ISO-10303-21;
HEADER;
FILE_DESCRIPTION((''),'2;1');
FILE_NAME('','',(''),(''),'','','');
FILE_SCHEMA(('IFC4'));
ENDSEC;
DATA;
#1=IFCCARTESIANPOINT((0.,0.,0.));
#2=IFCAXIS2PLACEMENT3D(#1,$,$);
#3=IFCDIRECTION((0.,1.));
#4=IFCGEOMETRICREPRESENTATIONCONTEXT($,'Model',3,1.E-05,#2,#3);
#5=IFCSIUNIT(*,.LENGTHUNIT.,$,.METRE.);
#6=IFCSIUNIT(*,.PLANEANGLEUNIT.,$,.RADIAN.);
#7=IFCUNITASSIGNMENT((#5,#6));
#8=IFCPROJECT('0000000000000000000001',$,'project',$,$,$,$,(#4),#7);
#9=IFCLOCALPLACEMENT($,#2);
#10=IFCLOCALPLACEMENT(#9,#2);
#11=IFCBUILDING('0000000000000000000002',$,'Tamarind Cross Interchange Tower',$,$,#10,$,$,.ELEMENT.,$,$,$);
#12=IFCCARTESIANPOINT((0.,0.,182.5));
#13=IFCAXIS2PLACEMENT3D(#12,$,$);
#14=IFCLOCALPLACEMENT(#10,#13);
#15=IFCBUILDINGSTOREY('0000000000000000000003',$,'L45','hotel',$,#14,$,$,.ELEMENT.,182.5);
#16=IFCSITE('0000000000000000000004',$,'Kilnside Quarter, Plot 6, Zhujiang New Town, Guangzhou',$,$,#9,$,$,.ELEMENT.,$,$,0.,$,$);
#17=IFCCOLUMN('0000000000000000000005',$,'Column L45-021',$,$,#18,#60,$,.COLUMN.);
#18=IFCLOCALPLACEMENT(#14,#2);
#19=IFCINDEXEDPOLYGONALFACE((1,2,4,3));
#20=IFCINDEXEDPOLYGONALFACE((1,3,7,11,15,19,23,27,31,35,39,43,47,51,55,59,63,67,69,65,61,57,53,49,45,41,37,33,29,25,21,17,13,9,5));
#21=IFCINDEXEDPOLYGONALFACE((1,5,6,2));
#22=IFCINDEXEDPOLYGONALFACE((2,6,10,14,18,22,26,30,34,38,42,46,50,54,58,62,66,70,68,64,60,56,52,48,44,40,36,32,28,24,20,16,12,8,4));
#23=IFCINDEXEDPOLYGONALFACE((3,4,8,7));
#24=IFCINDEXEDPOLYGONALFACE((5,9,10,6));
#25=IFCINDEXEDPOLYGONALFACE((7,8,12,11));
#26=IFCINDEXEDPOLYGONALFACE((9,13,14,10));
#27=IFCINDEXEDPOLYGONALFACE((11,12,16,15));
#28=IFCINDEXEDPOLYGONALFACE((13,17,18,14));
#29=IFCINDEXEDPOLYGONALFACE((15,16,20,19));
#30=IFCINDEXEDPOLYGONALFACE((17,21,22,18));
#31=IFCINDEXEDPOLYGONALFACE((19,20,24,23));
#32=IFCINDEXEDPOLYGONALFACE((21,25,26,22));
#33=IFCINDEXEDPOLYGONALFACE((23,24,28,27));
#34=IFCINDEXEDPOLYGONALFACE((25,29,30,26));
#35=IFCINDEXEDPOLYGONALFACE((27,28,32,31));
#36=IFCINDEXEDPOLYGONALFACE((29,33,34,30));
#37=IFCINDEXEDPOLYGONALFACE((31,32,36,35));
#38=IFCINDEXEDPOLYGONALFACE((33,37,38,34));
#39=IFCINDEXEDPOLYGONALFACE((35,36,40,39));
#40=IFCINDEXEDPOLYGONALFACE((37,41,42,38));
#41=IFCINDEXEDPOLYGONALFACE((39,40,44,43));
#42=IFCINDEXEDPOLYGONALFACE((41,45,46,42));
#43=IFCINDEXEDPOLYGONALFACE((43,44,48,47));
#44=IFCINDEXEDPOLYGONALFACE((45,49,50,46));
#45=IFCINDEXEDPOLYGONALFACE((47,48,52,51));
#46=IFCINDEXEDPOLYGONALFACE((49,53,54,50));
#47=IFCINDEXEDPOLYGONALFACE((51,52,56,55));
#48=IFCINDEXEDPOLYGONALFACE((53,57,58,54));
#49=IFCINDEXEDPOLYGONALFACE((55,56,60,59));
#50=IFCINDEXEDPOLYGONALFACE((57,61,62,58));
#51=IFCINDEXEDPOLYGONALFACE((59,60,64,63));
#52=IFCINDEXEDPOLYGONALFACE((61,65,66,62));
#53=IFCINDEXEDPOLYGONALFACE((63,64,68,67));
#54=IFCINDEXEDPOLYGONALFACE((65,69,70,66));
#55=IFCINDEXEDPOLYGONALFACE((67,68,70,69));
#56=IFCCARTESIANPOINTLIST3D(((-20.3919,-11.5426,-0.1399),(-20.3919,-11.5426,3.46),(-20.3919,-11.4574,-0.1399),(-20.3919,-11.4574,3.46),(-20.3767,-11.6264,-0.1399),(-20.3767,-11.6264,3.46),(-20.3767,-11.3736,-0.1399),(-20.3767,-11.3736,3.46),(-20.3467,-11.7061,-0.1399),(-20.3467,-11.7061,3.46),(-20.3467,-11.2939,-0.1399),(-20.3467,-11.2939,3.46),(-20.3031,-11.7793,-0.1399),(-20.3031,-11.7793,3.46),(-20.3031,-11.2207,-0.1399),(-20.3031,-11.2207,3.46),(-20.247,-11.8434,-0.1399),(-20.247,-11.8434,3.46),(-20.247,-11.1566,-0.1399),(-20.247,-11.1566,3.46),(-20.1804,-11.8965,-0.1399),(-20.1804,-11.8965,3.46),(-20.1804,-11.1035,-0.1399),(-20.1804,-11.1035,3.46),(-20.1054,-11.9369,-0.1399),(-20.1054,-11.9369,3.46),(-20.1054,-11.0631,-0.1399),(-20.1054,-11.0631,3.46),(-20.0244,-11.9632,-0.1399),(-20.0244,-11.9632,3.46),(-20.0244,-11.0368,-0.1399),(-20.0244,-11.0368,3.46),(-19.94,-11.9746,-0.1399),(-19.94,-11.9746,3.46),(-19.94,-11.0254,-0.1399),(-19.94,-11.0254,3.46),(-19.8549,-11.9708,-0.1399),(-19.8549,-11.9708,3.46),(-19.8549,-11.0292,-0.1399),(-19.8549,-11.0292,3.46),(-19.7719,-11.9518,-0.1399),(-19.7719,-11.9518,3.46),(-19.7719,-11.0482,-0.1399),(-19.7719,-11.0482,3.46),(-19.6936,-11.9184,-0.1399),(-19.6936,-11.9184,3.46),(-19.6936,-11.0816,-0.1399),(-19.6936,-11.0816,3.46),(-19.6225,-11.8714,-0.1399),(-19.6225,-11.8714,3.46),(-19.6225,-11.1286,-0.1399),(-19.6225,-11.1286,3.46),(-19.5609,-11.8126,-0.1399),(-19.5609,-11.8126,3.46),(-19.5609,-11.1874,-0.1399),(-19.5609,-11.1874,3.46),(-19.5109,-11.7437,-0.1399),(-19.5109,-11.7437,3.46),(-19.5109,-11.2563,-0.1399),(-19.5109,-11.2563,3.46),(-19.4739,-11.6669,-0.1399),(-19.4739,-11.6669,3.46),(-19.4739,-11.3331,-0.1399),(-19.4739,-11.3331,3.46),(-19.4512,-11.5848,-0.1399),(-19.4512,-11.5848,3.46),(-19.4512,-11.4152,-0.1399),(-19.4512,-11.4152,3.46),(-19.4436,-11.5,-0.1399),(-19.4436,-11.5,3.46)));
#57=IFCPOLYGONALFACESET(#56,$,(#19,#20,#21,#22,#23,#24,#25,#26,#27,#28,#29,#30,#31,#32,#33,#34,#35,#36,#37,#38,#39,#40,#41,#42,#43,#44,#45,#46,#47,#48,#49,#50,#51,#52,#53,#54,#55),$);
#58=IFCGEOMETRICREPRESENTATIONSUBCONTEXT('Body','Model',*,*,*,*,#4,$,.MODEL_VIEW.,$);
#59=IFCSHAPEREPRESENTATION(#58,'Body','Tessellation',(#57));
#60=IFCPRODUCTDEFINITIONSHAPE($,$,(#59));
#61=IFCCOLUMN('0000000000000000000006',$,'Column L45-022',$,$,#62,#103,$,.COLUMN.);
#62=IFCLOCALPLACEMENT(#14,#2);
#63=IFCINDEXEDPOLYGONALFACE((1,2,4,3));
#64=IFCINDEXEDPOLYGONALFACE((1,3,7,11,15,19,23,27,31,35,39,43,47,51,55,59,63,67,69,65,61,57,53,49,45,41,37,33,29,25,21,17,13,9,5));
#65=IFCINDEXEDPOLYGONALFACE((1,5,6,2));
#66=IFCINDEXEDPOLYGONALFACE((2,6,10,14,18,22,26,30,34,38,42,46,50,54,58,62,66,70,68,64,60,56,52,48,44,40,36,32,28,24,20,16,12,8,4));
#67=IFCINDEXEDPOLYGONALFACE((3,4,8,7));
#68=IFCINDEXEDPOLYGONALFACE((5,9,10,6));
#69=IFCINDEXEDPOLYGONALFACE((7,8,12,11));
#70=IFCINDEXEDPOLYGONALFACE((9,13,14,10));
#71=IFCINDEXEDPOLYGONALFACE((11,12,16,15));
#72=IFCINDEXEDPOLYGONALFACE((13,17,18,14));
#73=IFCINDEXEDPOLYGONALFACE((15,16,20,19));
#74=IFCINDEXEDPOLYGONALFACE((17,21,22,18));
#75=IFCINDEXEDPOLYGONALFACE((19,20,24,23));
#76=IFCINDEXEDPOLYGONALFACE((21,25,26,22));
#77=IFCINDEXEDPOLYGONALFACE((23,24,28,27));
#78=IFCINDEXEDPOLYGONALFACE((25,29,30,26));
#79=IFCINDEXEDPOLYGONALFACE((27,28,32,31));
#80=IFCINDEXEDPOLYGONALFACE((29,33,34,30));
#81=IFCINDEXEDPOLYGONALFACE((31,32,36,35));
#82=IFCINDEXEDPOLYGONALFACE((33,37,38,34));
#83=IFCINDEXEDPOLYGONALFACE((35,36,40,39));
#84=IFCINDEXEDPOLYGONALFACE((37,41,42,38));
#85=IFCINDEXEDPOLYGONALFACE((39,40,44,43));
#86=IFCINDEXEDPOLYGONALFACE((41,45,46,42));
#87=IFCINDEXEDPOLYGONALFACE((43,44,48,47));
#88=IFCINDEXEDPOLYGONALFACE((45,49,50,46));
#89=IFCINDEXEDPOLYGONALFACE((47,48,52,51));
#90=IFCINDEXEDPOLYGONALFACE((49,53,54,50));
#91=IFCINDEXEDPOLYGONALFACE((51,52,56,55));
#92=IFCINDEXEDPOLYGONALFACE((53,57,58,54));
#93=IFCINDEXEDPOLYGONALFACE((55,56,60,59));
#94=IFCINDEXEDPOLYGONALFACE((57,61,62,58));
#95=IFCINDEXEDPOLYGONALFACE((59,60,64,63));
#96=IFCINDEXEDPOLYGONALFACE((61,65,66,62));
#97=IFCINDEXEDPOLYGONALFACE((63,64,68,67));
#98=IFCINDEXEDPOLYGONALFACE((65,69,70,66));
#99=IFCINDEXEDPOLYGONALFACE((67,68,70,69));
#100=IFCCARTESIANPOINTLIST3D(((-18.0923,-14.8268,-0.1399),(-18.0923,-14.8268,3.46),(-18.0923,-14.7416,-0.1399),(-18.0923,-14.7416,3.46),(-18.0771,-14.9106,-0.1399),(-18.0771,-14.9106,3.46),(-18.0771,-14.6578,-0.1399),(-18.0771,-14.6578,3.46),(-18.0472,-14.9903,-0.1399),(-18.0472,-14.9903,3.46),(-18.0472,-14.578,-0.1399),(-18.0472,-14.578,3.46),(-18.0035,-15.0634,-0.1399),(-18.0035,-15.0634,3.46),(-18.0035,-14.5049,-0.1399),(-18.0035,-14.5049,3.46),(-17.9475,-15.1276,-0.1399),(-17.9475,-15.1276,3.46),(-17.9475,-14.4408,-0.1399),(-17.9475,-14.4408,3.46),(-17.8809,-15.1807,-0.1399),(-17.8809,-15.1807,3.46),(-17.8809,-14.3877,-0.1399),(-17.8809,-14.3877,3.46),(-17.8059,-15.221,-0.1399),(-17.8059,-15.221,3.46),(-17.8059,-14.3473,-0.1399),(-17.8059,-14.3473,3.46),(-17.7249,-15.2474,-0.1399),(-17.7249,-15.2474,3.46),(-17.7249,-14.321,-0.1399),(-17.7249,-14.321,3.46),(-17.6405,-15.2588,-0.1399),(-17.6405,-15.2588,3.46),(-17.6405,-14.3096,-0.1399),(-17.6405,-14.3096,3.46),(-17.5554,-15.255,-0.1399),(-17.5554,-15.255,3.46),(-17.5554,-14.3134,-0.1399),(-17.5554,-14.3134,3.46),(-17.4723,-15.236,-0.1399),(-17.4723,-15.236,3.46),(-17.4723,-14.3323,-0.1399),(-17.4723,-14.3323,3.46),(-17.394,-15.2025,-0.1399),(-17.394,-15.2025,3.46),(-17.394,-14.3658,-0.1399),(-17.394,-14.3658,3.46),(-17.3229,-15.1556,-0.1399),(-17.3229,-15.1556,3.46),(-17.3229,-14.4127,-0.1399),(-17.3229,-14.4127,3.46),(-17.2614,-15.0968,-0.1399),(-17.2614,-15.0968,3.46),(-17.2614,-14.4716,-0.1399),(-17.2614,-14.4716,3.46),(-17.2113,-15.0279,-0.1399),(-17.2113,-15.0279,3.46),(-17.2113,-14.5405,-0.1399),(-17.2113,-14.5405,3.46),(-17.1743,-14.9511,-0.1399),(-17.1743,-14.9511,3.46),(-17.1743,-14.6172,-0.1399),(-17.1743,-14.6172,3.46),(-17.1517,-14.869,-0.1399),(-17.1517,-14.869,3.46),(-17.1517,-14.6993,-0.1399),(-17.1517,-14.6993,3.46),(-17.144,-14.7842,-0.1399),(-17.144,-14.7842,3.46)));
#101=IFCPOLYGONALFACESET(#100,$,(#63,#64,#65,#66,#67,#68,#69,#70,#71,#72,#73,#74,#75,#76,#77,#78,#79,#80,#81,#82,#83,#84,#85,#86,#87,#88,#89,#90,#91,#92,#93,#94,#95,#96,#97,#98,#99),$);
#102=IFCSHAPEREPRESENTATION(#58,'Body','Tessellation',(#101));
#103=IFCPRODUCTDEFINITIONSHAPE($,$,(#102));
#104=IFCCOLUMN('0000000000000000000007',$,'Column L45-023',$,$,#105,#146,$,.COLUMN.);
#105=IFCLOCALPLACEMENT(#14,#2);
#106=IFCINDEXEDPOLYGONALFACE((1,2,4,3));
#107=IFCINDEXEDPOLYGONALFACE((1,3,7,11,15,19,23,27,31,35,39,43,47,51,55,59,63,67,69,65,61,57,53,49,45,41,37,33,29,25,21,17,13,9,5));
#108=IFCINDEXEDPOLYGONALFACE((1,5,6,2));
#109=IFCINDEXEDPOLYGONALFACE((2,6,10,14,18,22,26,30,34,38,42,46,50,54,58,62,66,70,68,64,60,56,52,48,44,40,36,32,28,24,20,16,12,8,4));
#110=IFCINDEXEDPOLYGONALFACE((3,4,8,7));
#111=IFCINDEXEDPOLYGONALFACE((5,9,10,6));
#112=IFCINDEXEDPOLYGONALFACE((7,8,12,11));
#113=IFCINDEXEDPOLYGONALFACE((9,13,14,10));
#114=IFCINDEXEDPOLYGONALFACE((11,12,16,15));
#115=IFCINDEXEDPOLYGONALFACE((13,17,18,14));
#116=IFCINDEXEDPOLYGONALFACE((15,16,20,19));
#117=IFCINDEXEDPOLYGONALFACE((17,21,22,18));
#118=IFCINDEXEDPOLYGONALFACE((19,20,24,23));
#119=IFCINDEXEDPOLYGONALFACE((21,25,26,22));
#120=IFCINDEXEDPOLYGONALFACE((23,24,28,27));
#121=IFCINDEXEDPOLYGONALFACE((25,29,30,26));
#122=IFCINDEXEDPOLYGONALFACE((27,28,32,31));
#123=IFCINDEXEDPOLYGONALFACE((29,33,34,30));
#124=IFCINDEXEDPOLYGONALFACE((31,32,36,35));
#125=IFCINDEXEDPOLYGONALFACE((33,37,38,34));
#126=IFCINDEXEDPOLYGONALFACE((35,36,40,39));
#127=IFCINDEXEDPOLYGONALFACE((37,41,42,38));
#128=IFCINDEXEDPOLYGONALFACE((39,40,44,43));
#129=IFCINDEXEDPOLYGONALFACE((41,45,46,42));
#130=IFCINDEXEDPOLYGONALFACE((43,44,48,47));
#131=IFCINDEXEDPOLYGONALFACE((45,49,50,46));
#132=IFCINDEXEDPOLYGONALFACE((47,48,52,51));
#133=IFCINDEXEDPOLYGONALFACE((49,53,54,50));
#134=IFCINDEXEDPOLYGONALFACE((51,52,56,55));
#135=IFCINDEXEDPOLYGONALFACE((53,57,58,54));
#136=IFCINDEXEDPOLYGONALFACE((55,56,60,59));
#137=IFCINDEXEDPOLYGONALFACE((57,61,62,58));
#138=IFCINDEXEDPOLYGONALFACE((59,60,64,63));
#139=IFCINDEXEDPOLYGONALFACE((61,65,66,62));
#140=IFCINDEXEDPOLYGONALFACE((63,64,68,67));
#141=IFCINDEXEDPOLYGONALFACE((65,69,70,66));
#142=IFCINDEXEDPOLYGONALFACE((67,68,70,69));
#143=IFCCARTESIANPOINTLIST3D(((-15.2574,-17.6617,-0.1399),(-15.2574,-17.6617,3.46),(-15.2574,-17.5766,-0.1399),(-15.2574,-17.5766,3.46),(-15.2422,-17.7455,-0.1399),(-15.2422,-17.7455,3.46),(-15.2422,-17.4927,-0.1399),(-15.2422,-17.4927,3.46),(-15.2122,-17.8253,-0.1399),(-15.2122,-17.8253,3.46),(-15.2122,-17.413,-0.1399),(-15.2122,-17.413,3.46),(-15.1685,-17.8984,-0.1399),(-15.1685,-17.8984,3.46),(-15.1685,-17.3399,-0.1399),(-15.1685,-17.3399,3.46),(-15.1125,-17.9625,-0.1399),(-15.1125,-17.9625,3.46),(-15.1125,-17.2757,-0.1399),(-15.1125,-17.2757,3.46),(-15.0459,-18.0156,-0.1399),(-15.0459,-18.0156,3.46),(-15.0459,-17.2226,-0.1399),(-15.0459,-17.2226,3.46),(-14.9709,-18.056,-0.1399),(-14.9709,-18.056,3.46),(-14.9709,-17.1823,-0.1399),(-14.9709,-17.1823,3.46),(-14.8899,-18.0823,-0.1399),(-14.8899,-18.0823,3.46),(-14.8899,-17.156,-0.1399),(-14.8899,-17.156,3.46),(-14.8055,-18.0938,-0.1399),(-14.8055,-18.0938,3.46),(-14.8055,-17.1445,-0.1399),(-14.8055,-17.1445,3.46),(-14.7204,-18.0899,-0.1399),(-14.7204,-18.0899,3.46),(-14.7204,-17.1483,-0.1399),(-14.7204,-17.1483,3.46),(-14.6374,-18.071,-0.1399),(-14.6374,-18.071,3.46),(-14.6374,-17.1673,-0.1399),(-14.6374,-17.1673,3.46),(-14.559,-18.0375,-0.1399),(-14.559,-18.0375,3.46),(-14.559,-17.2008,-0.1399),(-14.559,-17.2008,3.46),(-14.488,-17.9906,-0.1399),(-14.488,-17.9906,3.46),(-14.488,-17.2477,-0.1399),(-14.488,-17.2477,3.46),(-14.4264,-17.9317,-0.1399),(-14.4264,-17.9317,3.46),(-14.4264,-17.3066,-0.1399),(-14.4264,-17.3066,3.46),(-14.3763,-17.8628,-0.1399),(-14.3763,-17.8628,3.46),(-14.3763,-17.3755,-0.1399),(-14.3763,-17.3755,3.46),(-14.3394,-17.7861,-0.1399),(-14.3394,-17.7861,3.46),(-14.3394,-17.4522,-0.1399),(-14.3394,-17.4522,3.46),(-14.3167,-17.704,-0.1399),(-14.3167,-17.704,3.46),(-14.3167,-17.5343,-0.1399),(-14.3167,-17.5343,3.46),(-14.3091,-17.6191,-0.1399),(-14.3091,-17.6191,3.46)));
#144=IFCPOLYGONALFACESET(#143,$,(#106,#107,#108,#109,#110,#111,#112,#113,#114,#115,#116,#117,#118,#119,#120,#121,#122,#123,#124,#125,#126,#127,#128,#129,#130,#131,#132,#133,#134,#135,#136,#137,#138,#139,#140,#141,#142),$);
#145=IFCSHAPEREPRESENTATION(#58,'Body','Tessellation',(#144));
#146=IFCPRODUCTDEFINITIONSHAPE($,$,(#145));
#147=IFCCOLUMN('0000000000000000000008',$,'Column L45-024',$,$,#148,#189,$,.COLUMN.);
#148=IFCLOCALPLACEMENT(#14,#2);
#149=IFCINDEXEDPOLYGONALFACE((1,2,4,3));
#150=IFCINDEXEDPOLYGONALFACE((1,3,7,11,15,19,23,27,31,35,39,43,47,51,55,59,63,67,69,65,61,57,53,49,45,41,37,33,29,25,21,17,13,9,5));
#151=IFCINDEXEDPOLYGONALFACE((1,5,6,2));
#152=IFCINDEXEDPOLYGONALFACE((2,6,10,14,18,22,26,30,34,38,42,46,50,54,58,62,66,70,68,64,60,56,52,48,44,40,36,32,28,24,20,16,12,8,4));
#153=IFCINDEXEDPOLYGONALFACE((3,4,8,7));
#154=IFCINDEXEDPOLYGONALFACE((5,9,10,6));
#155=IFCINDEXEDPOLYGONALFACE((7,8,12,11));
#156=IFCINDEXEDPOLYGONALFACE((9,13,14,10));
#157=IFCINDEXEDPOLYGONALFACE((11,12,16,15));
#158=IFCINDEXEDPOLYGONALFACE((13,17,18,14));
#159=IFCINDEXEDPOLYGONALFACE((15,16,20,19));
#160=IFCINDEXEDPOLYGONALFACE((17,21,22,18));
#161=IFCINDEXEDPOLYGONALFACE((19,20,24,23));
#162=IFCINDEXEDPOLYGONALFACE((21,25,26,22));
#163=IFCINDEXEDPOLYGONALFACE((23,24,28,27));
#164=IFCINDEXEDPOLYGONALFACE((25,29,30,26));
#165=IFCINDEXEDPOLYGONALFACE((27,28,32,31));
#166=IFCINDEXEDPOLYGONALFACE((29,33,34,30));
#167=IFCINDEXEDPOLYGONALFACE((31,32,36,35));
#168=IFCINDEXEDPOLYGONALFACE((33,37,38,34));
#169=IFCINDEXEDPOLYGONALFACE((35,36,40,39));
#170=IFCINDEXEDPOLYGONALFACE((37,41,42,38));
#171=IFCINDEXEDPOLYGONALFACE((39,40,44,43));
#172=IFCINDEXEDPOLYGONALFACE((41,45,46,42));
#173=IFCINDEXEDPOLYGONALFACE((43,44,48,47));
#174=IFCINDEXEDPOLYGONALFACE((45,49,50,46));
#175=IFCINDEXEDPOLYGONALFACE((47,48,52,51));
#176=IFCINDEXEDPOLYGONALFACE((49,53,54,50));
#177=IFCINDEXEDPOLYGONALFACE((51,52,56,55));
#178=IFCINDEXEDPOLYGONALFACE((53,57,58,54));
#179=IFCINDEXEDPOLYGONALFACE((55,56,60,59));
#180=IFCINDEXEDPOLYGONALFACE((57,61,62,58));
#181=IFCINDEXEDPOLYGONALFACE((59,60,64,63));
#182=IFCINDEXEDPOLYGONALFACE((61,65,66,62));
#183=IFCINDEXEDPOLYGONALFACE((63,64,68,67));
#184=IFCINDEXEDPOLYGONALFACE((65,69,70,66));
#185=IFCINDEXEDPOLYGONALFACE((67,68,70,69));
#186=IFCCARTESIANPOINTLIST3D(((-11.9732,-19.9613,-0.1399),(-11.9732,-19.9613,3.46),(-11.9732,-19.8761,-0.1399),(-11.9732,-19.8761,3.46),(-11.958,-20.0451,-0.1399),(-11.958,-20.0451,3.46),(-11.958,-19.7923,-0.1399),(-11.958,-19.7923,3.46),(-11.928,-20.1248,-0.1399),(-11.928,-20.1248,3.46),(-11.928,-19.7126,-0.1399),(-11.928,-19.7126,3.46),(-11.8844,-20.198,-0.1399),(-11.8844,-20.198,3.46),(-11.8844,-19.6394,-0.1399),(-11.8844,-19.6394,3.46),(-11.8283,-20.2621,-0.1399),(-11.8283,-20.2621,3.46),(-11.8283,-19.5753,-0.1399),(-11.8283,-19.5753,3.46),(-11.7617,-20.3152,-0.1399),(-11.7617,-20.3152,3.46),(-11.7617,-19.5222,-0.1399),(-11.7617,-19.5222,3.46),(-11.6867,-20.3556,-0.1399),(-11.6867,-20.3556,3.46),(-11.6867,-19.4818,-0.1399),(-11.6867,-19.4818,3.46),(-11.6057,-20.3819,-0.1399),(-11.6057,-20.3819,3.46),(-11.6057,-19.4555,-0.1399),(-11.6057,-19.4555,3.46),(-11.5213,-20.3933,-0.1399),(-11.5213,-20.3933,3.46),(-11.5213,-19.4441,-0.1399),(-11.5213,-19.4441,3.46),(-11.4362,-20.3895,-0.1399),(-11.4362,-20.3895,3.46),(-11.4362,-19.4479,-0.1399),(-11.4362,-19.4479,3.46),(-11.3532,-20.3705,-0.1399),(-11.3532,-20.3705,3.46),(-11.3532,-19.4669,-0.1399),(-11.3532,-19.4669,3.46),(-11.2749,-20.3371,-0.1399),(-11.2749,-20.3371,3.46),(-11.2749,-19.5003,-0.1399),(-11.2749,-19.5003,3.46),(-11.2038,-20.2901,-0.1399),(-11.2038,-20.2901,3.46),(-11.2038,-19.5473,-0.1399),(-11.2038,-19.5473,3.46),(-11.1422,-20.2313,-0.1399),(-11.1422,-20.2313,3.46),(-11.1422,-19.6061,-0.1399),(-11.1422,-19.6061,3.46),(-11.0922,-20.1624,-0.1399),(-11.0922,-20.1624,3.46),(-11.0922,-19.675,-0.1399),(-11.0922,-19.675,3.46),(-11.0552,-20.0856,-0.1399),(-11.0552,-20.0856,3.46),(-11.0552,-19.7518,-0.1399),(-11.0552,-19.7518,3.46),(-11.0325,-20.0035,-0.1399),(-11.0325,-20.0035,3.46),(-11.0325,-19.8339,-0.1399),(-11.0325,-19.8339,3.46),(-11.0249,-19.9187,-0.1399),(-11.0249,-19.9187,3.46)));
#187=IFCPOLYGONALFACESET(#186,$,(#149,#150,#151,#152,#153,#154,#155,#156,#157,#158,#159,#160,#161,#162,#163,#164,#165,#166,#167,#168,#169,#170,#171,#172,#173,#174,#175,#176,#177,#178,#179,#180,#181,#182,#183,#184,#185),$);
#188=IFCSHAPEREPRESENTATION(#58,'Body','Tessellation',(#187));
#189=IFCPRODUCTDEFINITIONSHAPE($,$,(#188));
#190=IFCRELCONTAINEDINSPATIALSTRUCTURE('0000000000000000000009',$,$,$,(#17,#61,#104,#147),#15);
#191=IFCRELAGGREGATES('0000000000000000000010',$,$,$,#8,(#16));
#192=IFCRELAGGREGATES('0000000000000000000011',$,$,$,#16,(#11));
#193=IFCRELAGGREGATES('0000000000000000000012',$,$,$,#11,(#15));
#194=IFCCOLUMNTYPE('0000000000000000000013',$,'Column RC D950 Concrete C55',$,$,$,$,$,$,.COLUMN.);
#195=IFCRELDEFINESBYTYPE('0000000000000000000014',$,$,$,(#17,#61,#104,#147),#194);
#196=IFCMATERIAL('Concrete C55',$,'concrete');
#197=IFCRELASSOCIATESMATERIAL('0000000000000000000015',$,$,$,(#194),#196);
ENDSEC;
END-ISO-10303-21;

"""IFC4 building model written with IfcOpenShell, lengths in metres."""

from ifc_helpers import new_model, si_unit, direction, frame, origin, origin_2d, place, context, subcontext, project, spatial, circle, extrude, material, material_profile, profile_set, type_object, element, save


model = new_model("IFC4")

# Units and contexts
model_context = context("Model", 3, precision=1e-05, world=origin(), true_north=direction((0.0, 1.0)))
body_context = subcontext(model_context, "Body", "Model", "MODEL_VIEW")
ifc_project = project(units=[si_unit("LENGTHUNIT", "METRE"), si_unit("PLANEANGLEUNIT", "RADIAN")], contexts=[model_context])

# Site, building, storey
site_placement = place(None, origin())
site = spatial("IfcSite", under=ifc_project, at=site_placement, Name="Kilnside Quarter, Plot 6, Zhujiang New Town, Guangzhou", CompositionType="ELEMENT", RefElevation=0.0)
building_placement = place(site_placement, origin())
building = spatial("IfcBuilding", under=site, at=building_placement, Name="Tamarind Cross Interchange Tower", CompositionType="ELEMENT")
storey_placement = place(building_placement, frame((0.0, 0.0, 182.5)))
storey = spatial("IfcBuildingStorey", under=building, at=storey_placement, Name="L45", Description="hotel", CompositionType="ELEMENT", Elevation=182.5)

# Columns
ifc_material_1 = material(Name="Concrete C55", Category="concrete")
ifc_material_profile_1 = material_profile(ifc_material_1, circle(Radius=0.4751, at=origin_2d()), Name="RC D950")
ifc_profile_set_1 = profile_set([ifc_material_profile_1], Name="Concrete C55")
column_type = type_object("IfcColumnType", Name="Column RC D950 Concrete C55", PredefinedType="COLUMN", material=ifc_profile_set_1)
for number, where, z_axis, x_axis, name in (
    (1, (-19.9187, -11.5, -0.1399), (0.0, 0.0, 1.0), (1.0, 0.0, 0.0), "Column L45-021"),
    (2, (-17.6191, -14.7842, -0.1399), (0.0, 0.0, 1.0), (1.0, 0.0, 0.0), "Column L45-022"),
    (3, (-14.7842, -17.6191, -0.1399), (0.0, 0.0, 1.0), (1.0, 0.0, 0.0), "Column L45-023"),
    (4, (-11.5, -19.9187, -0.1399), (0.0, 0.0, 1.0), (1.0, 0.0, 0.0), "Column L45-024"),
):
    element("IfcColumn", number, at=place(storey_placement, frame(where, z_axis=z_axis, x_axis=x_axis)), inside=storey, type_object=column_type, Name=name, PredefinedType="COLUMN", context=body_context, shape_type="SweptSolid", body=[
        extrude(circle(Radius=0.4751, at=origin_2d()), origin(), (0.0, 0.0, 1.0), 3.5999),
    ])

save(model, "model.ifc")
